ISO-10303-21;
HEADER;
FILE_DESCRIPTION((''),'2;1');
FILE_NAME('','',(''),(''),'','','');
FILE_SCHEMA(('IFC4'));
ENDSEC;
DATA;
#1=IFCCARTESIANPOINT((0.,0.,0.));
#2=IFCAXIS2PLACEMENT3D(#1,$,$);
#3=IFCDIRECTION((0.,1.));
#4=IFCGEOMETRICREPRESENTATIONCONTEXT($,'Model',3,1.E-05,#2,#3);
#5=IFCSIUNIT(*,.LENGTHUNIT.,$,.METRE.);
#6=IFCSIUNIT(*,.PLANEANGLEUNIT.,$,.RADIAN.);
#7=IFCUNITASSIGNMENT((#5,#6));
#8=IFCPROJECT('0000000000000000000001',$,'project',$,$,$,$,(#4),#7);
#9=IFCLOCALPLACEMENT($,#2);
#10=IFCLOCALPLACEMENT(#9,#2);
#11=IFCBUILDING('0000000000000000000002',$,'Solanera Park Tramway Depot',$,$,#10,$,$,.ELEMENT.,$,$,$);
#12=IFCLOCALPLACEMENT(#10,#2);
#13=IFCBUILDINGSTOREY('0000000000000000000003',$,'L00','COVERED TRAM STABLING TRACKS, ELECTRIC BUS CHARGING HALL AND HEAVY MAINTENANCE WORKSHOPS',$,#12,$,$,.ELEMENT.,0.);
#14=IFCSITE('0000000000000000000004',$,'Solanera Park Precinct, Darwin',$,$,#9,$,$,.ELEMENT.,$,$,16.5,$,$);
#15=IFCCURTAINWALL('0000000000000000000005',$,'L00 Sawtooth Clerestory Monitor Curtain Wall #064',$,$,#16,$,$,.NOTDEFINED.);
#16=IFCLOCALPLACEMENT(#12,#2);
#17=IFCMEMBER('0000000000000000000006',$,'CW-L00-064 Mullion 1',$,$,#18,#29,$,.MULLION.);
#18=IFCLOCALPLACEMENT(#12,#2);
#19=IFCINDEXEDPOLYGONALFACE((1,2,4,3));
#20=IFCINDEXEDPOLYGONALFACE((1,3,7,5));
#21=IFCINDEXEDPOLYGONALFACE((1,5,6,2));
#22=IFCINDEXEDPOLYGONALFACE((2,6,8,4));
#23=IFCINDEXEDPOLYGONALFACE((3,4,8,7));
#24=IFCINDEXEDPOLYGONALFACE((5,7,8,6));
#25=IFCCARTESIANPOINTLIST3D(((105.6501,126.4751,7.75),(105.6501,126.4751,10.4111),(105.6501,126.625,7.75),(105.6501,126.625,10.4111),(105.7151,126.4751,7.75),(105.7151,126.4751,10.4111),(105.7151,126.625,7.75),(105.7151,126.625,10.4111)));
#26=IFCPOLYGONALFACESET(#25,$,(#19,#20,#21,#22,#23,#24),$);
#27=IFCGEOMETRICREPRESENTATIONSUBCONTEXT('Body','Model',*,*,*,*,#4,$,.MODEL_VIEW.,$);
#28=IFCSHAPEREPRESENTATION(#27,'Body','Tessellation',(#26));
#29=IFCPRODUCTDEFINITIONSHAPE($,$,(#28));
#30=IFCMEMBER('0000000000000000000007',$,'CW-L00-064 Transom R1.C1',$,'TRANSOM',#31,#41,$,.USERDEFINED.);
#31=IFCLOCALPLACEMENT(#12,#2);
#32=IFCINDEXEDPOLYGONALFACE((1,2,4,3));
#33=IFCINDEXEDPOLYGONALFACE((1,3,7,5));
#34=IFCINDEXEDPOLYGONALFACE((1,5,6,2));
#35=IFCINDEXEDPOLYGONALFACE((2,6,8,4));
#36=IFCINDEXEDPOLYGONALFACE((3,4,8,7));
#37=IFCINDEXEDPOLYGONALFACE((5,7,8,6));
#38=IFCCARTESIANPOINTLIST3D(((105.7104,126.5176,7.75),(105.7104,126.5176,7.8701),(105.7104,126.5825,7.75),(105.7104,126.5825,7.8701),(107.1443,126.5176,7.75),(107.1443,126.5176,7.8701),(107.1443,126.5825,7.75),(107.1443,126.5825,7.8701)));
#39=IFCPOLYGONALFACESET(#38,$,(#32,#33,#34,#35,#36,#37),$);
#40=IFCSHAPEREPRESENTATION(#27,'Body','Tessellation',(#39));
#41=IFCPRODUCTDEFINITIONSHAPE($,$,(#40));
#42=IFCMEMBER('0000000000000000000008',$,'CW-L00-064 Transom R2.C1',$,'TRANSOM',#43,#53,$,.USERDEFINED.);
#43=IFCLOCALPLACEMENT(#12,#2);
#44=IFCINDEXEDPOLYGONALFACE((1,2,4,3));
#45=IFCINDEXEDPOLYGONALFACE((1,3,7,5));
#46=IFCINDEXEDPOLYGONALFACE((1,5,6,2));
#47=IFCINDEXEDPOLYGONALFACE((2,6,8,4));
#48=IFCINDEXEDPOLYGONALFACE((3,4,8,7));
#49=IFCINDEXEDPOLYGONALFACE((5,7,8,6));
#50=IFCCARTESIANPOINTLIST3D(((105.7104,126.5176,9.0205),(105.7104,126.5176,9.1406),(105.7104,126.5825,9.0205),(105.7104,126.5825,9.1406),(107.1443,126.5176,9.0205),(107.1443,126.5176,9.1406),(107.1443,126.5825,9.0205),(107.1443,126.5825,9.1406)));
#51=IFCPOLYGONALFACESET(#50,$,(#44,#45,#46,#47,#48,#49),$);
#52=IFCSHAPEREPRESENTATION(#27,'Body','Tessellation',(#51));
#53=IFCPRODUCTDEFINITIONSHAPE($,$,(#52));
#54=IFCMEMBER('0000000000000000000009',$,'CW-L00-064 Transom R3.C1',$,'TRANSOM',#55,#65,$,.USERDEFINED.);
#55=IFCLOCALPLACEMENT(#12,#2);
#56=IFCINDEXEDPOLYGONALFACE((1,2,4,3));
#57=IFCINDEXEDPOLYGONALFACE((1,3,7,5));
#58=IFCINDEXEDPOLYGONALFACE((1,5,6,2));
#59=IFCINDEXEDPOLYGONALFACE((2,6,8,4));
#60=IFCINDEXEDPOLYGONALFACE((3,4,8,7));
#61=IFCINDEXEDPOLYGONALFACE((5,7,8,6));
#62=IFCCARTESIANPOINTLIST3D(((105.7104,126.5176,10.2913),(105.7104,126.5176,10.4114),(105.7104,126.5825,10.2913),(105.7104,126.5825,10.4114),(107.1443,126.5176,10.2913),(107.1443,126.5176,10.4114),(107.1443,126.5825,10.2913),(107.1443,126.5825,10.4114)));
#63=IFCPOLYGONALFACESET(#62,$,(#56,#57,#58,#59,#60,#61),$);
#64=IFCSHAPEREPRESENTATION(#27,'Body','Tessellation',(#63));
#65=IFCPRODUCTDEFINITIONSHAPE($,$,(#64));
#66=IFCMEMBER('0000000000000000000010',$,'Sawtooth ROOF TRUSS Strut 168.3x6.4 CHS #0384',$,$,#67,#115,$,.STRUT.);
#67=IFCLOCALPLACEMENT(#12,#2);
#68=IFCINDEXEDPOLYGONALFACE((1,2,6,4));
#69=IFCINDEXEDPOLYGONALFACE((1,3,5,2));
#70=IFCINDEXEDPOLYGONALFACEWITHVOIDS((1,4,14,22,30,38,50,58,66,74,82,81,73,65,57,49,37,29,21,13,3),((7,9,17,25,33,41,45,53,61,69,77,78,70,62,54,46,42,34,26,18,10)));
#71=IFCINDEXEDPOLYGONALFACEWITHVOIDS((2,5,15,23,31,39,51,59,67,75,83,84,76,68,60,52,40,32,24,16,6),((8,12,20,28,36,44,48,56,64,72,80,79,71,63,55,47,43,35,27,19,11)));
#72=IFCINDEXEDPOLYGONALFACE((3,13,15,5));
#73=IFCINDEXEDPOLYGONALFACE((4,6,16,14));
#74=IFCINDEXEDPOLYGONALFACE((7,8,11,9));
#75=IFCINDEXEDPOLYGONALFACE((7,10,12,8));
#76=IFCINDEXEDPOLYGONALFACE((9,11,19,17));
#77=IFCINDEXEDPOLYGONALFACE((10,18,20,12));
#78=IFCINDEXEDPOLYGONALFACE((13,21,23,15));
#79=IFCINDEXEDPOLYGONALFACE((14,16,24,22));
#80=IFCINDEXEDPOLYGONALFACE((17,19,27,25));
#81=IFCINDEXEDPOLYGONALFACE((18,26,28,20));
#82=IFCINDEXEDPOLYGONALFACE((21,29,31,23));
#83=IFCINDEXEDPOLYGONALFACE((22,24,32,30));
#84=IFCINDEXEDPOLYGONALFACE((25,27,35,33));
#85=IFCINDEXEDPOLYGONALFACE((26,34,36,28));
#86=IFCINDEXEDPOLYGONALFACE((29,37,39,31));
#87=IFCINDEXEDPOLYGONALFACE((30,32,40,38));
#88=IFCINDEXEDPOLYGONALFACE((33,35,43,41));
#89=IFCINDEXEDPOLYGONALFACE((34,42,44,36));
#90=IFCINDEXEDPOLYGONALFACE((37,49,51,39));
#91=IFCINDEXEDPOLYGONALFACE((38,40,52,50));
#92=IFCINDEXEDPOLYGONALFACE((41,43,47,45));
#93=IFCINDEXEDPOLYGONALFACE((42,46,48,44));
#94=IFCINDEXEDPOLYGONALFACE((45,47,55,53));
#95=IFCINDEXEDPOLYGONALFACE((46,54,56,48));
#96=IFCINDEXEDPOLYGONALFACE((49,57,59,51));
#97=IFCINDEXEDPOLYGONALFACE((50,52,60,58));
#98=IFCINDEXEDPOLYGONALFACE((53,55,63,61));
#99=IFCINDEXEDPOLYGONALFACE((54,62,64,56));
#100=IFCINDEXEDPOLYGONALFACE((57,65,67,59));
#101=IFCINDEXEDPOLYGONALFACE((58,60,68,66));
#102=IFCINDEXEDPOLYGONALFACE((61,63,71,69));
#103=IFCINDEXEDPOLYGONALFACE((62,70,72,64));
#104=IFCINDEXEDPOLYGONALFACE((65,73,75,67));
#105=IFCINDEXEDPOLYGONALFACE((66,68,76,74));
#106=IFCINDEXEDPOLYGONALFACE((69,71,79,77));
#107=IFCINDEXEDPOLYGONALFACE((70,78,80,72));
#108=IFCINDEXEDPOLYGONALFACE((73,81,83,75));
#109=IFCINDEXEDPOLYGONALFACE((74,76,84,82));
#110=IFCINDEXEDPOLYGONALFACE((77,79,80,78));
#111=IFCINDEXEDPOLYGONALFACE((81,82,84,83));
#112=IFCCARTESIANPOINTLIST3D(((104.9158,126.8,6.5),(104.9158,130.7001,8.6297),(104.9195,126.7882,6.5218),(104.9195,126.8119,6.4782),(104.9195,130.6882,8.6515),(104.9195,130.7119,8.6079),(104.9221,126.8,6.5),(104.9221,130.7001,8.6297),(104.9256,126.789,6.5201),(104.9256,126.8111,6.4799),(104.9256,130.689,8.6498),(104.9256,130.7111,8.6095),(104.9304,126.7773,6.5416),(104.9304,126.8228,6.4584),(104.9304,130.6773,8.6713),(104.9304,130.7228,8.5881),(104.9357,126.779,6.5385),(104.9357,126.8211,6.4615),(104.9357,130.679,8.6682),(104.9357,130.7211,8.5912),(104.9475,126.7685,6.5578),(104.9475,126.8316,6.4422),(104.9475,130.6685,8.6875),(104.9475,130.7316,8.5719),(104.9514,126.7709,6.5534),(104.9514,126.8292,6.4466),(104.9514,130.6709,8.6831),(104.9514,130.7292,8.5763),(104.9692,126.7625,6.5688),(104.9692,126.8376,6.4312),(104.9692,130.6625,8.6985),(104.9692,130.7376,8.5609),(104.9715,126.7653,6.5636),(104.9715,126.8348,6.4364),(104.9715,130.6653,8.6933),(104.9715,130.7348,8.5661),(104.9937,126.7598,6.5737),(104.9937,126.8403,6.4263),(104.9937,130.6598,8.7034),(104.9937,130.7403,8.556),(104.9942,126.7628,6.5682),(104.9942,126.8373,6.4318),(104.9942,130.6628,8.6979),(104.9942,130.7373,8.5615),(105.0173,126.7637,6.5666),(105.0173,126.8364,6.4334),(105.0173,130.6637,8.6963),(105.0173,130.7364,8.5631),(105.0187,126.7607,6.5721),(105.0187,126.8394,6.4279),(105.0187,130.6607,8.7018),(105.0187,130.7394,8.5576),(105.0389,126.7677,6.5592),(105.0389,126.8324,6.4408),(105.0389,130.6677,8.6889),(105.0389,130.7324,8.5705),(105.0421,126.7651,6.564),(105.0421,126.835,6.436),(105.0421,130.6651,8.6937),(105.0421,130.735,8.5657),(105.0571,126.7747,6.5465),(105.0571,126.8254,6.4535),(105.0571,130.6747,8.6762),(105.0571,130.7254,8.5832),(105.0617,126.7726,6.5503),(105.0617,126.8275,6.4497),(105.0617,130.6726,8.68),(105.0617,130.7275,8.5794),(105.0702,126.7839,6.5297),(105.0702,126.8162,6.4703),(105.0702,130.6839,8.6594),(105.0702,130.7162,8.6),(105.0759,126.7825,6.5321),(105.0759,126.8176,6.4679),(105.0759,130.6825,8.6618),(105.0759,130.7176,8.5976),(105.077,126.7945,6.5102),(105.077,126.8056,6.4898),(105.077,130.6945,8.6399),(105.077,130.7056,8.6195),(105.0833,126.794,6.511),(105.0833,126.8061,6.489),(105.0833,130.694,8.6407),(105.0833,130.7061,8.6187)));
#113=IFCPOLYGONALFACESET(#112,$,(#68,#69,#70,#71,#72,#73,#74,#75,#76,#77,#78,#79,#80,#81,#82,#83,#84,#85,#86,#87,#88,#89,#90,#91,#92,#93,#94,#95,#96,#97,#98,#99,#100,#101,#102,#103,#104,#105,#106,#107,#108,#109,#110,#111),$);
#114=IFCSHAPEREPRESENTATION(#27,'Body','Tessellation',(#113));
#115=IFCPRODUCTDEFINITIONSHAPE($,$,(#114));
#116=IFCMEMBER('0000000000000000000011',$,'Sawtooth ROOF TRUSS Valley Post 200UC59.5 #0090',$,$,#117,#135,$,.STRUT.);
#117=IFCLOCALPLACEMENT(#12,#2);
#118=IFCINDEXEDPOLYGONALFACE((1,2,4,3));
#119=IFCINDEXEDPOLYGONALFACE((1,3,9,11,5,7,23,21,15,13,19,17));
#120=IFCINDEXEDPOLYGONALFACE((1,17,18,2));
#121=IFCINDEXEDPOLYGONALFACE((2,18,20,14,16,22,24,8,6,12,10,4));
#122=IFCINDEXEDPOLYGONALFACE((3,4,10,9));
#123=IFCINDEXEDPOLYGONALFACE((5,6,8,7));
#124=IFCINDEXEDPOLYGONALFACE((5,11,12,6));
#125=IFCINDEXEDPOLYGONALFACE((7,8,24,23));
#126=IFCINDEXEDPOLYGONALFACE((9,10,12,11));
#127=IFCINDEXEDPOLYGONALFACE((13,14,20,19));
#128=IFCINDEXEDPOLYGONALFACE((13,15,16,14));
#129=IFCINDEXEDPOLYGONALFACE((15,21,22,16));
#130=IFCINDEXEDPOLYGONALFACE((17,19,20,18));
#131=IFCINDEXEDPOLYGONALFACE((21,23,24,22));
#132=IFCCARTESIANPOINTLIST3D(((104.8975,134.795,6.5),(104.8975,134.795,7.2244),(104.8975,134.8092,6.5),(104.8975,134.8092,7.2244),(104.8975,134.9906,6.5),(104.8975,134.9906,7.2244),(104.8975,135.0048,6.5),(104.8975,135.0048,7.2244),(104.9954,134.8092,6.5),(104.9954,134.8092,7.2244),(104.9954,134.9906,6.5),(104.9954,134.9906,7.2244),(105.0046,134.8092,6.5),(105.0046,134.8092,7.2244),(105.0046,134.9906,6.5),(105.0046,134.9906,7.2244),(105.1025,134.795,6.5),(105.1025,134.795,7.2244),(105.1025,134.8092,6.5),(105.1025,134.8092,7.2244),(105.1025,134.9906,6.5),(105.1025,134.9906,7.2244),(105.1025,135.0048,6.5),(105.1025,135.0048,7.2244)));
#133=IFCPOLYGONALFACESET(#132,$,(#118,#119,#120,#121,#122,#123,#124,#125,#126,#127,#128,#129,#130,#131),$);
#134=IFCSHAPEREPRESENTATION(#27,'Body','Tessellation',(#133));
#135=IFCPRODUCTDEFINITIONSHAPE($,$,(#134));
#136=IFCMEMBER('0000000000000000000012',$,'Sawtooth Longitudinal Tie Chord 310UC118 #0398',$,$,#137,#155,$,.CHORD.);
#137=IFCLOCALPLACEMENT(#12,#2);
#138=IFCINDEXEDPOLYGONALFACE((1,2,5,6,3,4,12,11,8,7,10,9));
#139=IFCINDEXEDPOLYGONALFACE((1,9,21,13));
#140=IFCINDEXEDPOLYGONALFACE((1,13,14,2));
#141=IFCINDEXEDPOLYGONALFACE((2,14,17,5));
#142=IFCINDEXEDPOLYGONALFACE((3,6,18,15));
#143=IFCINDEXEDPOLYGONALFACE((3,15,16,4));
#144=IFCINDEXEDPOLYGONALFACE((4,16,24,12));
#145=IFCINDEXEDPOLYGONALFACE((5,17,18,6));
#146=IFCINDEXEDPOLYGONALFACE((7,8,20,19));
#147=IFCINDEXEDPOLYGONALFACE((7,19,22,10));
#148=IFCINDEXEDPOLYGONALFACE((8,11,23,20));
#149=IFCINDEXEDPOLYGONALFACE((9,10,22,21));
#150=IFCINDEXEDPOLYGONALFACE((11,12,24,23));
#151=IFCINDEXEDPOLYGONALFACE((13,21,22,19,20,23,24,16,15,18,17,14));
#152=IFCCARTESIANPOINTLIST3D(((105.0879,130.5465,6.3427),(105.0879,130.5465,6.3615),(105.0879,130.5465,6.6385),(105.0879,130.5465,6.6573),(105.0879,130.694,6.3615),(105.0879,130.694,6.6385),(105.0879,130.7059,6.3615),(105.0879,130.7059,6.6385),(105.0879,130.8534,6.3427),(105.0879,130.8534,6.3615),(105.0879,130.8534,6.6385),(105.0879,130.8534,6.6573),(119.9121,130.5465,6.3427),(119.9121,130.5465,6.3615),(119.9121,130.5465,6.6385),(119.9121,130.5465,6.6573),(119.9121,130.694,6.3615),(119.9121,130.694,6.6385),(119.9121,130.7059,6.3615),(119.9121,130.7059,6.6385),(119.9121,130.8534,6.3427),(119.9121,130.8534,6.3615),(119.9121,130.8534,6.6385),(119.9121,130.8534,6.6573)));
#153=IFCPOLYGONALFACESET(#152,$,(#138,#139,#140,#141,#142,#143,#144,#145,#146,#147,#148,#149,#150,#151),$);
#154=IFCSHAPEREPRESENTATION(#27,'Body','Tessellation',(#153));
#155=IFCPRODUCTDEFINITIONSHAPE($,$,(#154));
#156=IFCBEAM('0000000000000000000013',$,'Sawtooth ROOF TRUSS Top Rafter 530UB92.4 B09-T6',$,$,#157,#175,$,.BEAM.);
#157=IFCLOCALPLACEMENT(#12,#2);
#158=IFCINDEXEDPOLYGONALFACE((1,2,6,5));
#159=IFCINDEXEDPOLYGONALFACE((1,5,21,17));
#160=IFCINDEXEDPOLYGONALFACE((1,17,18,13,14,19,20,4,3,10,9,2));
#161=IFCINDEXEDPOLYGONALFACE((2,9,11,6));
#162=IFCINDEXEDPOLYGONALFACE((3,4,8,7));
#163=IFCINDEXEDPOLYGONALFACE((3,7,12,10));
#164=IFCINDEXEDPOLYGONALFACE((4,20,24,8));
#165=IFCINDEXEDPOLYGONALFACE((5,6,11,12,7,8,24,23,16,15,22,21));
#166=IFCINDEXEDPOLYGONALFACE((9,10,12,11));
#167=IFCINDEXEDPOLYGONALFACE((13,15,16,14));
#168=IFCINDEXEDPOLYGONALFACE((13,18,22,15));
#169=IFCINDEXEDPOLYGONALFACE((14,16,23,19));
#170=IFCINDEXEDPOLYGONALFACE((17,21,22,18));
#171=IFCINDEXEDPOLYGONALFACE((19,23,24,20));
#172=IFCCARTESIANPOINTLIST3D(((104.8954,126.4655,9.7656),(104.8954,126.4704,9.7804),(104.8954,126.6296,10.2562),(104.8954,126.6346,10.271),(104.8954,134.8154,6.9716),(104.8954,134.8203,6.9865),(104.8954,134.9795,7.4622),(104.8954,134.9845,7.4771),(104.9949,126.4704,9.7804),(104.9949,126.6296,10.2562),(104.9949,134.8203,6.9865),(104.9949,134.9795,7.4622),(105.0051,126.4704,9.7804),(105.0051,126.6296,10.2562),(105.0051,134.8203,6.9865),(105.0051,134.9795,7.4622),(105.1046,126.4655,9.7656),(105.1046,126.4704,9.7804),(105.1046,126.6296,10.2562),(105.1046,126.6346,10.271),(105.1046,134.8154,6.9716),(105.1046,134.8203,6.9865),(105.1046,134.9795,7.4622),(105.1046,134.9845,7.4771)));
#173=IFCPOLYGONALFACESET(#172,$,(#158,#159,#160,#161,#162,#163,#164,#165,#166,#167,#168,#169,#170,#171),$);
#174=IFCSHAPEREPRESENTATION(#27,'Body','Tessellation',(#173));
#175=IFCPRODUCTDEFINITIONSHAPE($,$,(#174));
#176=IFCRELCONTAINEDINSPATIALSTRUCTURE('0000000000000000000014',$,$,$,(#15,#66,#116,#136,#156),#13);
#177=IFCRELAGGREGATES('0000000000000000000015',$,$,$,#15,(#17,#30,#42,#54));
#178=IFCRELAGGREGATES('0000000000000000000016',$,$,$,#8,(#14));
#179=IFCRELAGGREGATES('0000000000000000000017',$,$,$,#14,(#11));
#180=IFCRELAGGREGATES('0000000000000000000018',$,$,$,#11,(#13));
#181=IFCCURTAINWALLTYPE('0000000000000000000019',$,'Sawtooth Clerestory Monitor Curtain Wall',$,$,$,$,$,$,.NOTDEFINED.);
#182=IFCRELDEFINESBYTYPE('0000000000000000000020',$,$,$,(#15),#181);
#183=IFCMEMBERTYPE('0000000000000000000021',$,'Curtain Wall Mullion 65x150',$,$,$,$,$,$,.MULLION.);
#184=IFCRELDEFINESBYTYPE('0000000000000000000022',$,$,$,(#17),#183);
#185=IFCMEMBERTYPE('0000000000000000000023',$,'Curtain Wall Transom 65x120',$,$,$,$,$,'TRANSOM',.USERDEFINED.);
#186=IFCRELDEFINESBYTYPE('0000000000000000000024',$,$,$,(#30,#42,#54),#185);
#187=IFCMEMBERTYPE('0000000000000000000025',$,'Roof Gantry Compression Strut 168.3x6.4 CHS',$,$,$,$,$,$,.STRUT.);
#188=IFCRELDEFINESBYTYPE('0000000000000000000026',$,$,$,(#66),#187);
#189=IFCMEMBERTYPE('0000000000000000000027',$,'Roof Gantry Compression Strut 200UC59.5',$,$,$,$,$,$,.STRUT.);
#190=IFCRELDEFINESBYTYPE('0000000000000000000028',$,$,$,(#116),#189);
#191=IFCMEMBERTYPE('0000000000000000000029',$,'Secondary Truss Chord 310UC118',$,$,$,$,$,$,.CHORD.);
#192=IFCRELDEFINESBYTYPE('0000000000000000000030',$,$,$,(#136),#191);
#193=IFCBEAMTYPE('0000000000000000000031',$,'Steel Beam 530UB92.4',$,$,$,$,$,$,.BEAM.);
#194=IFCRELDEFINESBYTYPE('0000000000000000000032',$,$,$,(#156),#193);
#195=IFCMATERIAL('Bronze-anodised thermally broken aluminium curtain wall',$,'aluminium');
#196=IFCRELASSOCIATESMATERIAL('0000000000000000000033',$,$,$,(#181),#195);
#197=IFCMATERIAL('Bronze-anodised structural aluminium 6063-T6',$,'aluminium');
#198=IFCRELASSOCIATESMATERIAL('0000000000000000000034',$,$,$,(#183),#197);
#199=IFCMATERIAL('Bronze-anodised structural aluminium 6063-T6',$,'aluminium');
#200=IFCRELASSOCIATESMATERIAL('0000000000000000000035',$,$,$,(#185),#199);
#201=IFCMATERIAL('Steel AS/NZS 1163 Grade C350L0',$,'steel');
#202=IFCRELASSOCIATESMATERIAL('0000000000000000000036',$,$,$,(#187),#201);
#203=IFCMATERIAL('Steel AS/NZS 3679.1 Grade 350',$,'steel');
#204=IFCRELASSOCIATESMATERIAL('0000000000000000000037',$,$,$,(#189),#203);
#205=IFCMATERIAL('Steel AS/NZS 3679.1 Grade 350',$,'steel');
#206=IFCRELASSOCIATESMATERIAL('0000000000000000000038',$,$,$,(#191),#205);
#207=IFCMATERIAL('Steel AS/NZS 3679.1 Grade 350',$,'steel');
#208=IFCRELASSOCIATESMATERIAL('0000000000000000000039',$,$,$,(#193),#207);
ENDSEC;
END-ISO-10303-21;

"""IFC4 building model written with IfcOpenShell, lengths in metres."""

from ifc_helpers import new_model, si_unit, direction, frame, origin, origin_2d, place, context, subcontext, project, spatial, rectangle, hollow_circle, i_section, extrude, material, material_profile, profile_set, type_object, element, aggregate, save


model = new_model("IFC4")

# Units and contexts
model_context = context("Model", 3, precision=1e-05, world=origin(), true_north=direction((0.0, 1.0)))
body_context = subcontext(model_context, "Body", "Model", "MODEL_VIEW")
ifc_project = project(units=[si_unit("LENGTHUNIT", "METRE"), si_unit("PLANEANGLEUNIT", "RADIAN")], contexts=[model_context])

# Site, building, storey
site_placement = place(None, origin())
site = spatial("IfcSite", under=ifc_project, at=site_placement, Name="Solanera Park Precinct, Darwin", CompositionType="ELEMENT", RefElevation=16.5)
building_placement = place(site_placement, origin())
building = spatial("IfcBuilding", under=site, at=building_placement, Name="Solanera Park Tramway Depot", CompositionType="ELEMENT")
storey_placement = place(building_placement, origin())
storey = spatial("IfcBuildingStorey", under=building, at=storey_placement, Name="L00", Description="COVERED TRAM STABLING TRACKS, ELECTRIC BUS CHARGING HALL AND HEAVY MAINTENANCE WORKSHOPS", CompositionType="ELEMENT", Elevation=0.0)

# Curtain wall, members
ifc_material_1 = material(Name="Bronze-anodised thermally broken aluminium curtain wall", Category="aluminium")
curtain_wall_type = type_object("IfcCurtainWallType", Name="Sawtooth Clerestory Monitor Curtain Wall", PredefinedType="NOTDEFINED", material=ifc_material_1)
curtain_wall_placement = place(storey_placement, origin())
curtain_wall = element("IfcCurtainWall", 1, at=curtain_wall_placement, inside=storey, type_object=curtain_wall_type, Name="L00 Sawtooth Clerestory Monitor Curtain Wall #064", PredefinedType="NOTDEFINED")
ifc_material_2 = material(Name="Bronze-anodised structural aluminium 6063-T6", Category="aluminium")
ifc_material_profile_1 = material_profile(ifc_material_2, rectangle(XDim=0.0649, YDim=0.1499, at=origin_2d()), Name="Curtain Wall Mullion 65x150")
ifc_profile_set_1 = profile_set([ifc_material_profile_1], Name="Bronze-anodised structural aluminium 6063-T6")
member_type_1 = type_object("IfcMemberType", Name="Curtain Wall Mullion 65x150", PredefinedType="MULLION", material=ifc_profile_set_1)
member_1_placement = place(storey_placement, frame((105.6826, 126.55, 7.75), z_axis=(0.0, 0.0, 1.0), x_axis=(1.0, 0.0, 0.0)))
member_1 = element("IfcMember", 2, at=member_1_placement, type_object=member_type_1, Name="CW-L00-064 Mullion 1", PredefinedType="MULLION", context=body_context, shape_type="SweptSolid", body=[
    extrude(rectangle(XDim=0.0649, YDim=0.1499, at=origin_2d()), origin(), (0.0, 0.0, 1.0), 2.6611),
])
ifc_material_3 = material(Name="Bronze-anodised structural aluminium 6063-T6", Category="aluminium")
ifc_material_profile_2 = material_profile(ifc_material_3, rectangle(XDim=0.0649, YDim=0.1201, at=origin_2d()), Name="Curtain Wall Transom 65x120")
ifc_profile_set_2 = profile_set([ifc_material_profile_2], Name="Bronze-anodised structural aluminium 6063-T6")
member_type_2 = type_object("IfcMemberType", Name="Curtain Wall Transom 65x120", ElementType="TRANSOM", PredefinedType="USERDEFINED", material=ifc_profile_set_2)
member_2_placement = place(storey_placement, frame((105.7104, 126.55, 7.8101), z_axis=(1.0, 0.0, 0.0), x_axis=(0.0, 1.0, 0.0)))
member_2 = element("IfcMember", 3, at=member_2_placement, type_object=member_type_2, Name="CW-L00-064 Transom R1.C1", ObjectType="TRANSOM", PredefinedType="USERDEFINED", context=body_context, shape_type="SweptSolid", body=[
    extrude(rectangle(XDim=0.0649, YDim=0.1201, at=origin_2d()), origin(), (0.0, 0.0, 1.0), 1.4338),
])
member_3_placement = place(storey_placement, frame((105.7104, 126.55, 9.0806), z_axis=(1.0, 0.0, 0.0), x_axis=(0.0, 1.0, 0.0)))
member_3 = element("IfcMember", 4, at=member_3_placement, type_object=member_type_2, Name="CW-L00-064 Transom R2.C1", ObjectType="TRANSOM", PredefinedType="USERDEFINED", context=body_context, shape_type="SweptSolid", body=[
    extrude(rectangle(XDim=0.0649, YDim=0.1201, at=origin_2d()), origin(), (0.0, 0.0, 1.0), 1.4338),
])
member_4_placement = place(storey_placement, frame((105.7104, 126.55, 10.3513), z_axis=(1.0, 0.0, 0.0), x_axis=(0.0, 1.0, 0.0)))
member_4 = element("IfcMember", 5, at=member_4_placement, type_object=member_type_2, Name="CW-L00-064 Transom R3.C1", ObjectType="TRANSOM", PredefinedType="USERDEFINED", context=body_context, shape_type="SweptSolid", body=[
    extrude(rectangle(XDim=0.0649, YDim=0.1201, at=origin_2d()), origin(), (0.0, 0.0, 1.0), 1.4338),
])

# Members
ifc_material_4 = material(Name="Steel AS/NZS 1163 Grade C350L0", Category="steel")
ifc_material_profile_3 = material_profile(ifc_material_4, hollow_circle(Radius=0.0842, WallThickness=0.0063, at=origin_2d()), Name="168.3x6.4 CHS")
ifc_profile_set_3 = profile_set([ifc_material_profile_3], Name="Steel AS/NZS 1163 Grade C350L0")
member_type_3 = type_object("IfcMemberType", Name="Roof Gantry Compression Strut 168.3x6.4 CHS", PredefinedType="STRUT", material=ifc_profile_set_3)
member_5_placement = place(storey_placement, frame((105.0, 126.8, 6.5), z_axis=(0.0, 0.877667, 0.479272), x_axis=(-1.0, 0.0, 0.0)))
element("IfcMember", 6, at=member_5_placement, inside=storey, type_object=member_type_3, Name="Sawtooth ROOF TRUSS Strut 168.3x6.4 CHS #0384", PredefinedType="STRUT", context=body_context, shape_type="SweptSolid", body=[
    extrude(hollow_circle(Radius=0.0842, WallThickness=0.0063, at=origin_2d()), origin(), (0.0, 0.0, 1.0), 4.4436),
])
ifc_material_5 = material(Name="Steel AS/NZS 3679.1 Grade 350", Category="steel")
ifc_material_profile_4 = material_profile(ifc_material_5, i_section(OverallWidth=0.2051, OverallDepth=0.2097, WebThickness=0.0093, FlangeThickness=0.0142, at=origin_2d()), Name="200UC59.5")
ifc_profile_set_4 = profile_set([ifc_material_profile_4], Name="Steel AS/NZS 3679.1 Grade 350")
member_type_4 = type_object("IfcMemberType", Name="Roof Gantry Compression Strut 200UC59.5", PredefinedType="STRUT", material=ifc_profile_set_4)
member_6_placement = place(storey_placement, frame((105.0, 134.8999, 6.5), z_axis=(0.0, 0.0, 1.0), x_axis=(1.0, 0.0, 0.0)))
element("IfcMember", 7, at=member_6_placement, inside=storey, type_object=member_type_4, Name="Sawtooth ROOF TRUSS Valley Post 200UC59.5 #0090", PredefinedType="STRUT", context=body_context, shape_type="SweptSolid", body=[
    extrude(i_section(OverallWidth=0.2051, OverallDepth=0.2097, WebThickness=0.0093, FlangeThickness=0.0142, at=origin_2d()), origin(), (0.0, 0.0, 1.0), 0.7244),
])
ifc_material_6 = material(Name="Steel AS/NZS 3679.1 Grade 350", Category="steel")
ifc_material_profile_5 = material_profile(ifc_material_6, i_section(OverallWidth=0.3069, OverallDepth=0.3147, WebThickness=0.012, FlangeThickness=0.0188, at=origin_2d()), Name="310UC118")
ifc_profile_set_5 = profile_set([ifc_material_profile_5], Name="Steel AS/NZS 3679.1 Grade 350")
member_type_5 = type_object("IfcMemberType", Name="Secondary Truss Chord 310UC118", PredefinedType="CHORD", material=ifc_profile_set_5)
member_7_placement = place(storey_placement, frame((105.0879, 130.7, 6.5), z_axis=(1.0, 0.0, 0.0), x_axis=(0.0, 1.0, 0.0)))
element("IfcMember", 8, at=member_7_placement, inside=storey, type_object=member_type_5, Name="Sawtooth Longitudinal Tie Chord 310UC118 #0398", PredefinedType="CHORD", context=body_context, shape_type="SweptSolid", body=[
    extrude(i_section(OverallWidth=0.3069, OverallDepth=0.3147, WebThickness=0.012, FlangeThickness=0.0188, at=origin_2d()), origin(), (0.0, 0.0, 1.0), 14.8242),
])

# Beam
ifc_material_7 = material(Name="Steel AS/NZS 3679.1 Grade 350", Category="steel")
ifc_material_profile_6 = material_profile(ifc_material_7, i_section(OverallWidth=0.2092, OverallDepth=0.533, WebThickness=0.0103, FlangeThickness=0.0156, at=origin_2d()), Name="530UB92.4")
ifc_profile_set_6 = profile_set([ifc_material_profile_6], Name="Steel AS/NZS 3679.1 Grade 350")
beam_type_1 = type_object("IfcBeamType", Name="Steel Beam 530UB92.4", PredefinedType="BEAM", material=ifc_profile_set_6)
beam_1_placement = place(storey_placement, frame((105.0, 126.55, 10.0183), z_axis=(0.0, 0.948319, -0.317317), x_axis=(-1.0, 0.0, 0.0)))
element("IfcBeam", 9, at=beam_1_placement, inside=storey, type_object=beam_type_1, Name="Sawtooth ROOF TRUSS Top Rafter 530UB92.4 B09-T6", PredefinedType="BEAM", context=body_context, shape_type="SweptSolid", body=[
    extrude(i_section(OverallWidth=0.2092, OverallDepth=0.533, WebThickness=0.0103, FlangeThickness=0.0156, at=origin_2d()), origin(), (0.0, 0.0, 1.0), 8.8049),
])

aggregate(curtain_wall, [member_1, member_2, member_3, member_4])

save(model, "model.ifc")
